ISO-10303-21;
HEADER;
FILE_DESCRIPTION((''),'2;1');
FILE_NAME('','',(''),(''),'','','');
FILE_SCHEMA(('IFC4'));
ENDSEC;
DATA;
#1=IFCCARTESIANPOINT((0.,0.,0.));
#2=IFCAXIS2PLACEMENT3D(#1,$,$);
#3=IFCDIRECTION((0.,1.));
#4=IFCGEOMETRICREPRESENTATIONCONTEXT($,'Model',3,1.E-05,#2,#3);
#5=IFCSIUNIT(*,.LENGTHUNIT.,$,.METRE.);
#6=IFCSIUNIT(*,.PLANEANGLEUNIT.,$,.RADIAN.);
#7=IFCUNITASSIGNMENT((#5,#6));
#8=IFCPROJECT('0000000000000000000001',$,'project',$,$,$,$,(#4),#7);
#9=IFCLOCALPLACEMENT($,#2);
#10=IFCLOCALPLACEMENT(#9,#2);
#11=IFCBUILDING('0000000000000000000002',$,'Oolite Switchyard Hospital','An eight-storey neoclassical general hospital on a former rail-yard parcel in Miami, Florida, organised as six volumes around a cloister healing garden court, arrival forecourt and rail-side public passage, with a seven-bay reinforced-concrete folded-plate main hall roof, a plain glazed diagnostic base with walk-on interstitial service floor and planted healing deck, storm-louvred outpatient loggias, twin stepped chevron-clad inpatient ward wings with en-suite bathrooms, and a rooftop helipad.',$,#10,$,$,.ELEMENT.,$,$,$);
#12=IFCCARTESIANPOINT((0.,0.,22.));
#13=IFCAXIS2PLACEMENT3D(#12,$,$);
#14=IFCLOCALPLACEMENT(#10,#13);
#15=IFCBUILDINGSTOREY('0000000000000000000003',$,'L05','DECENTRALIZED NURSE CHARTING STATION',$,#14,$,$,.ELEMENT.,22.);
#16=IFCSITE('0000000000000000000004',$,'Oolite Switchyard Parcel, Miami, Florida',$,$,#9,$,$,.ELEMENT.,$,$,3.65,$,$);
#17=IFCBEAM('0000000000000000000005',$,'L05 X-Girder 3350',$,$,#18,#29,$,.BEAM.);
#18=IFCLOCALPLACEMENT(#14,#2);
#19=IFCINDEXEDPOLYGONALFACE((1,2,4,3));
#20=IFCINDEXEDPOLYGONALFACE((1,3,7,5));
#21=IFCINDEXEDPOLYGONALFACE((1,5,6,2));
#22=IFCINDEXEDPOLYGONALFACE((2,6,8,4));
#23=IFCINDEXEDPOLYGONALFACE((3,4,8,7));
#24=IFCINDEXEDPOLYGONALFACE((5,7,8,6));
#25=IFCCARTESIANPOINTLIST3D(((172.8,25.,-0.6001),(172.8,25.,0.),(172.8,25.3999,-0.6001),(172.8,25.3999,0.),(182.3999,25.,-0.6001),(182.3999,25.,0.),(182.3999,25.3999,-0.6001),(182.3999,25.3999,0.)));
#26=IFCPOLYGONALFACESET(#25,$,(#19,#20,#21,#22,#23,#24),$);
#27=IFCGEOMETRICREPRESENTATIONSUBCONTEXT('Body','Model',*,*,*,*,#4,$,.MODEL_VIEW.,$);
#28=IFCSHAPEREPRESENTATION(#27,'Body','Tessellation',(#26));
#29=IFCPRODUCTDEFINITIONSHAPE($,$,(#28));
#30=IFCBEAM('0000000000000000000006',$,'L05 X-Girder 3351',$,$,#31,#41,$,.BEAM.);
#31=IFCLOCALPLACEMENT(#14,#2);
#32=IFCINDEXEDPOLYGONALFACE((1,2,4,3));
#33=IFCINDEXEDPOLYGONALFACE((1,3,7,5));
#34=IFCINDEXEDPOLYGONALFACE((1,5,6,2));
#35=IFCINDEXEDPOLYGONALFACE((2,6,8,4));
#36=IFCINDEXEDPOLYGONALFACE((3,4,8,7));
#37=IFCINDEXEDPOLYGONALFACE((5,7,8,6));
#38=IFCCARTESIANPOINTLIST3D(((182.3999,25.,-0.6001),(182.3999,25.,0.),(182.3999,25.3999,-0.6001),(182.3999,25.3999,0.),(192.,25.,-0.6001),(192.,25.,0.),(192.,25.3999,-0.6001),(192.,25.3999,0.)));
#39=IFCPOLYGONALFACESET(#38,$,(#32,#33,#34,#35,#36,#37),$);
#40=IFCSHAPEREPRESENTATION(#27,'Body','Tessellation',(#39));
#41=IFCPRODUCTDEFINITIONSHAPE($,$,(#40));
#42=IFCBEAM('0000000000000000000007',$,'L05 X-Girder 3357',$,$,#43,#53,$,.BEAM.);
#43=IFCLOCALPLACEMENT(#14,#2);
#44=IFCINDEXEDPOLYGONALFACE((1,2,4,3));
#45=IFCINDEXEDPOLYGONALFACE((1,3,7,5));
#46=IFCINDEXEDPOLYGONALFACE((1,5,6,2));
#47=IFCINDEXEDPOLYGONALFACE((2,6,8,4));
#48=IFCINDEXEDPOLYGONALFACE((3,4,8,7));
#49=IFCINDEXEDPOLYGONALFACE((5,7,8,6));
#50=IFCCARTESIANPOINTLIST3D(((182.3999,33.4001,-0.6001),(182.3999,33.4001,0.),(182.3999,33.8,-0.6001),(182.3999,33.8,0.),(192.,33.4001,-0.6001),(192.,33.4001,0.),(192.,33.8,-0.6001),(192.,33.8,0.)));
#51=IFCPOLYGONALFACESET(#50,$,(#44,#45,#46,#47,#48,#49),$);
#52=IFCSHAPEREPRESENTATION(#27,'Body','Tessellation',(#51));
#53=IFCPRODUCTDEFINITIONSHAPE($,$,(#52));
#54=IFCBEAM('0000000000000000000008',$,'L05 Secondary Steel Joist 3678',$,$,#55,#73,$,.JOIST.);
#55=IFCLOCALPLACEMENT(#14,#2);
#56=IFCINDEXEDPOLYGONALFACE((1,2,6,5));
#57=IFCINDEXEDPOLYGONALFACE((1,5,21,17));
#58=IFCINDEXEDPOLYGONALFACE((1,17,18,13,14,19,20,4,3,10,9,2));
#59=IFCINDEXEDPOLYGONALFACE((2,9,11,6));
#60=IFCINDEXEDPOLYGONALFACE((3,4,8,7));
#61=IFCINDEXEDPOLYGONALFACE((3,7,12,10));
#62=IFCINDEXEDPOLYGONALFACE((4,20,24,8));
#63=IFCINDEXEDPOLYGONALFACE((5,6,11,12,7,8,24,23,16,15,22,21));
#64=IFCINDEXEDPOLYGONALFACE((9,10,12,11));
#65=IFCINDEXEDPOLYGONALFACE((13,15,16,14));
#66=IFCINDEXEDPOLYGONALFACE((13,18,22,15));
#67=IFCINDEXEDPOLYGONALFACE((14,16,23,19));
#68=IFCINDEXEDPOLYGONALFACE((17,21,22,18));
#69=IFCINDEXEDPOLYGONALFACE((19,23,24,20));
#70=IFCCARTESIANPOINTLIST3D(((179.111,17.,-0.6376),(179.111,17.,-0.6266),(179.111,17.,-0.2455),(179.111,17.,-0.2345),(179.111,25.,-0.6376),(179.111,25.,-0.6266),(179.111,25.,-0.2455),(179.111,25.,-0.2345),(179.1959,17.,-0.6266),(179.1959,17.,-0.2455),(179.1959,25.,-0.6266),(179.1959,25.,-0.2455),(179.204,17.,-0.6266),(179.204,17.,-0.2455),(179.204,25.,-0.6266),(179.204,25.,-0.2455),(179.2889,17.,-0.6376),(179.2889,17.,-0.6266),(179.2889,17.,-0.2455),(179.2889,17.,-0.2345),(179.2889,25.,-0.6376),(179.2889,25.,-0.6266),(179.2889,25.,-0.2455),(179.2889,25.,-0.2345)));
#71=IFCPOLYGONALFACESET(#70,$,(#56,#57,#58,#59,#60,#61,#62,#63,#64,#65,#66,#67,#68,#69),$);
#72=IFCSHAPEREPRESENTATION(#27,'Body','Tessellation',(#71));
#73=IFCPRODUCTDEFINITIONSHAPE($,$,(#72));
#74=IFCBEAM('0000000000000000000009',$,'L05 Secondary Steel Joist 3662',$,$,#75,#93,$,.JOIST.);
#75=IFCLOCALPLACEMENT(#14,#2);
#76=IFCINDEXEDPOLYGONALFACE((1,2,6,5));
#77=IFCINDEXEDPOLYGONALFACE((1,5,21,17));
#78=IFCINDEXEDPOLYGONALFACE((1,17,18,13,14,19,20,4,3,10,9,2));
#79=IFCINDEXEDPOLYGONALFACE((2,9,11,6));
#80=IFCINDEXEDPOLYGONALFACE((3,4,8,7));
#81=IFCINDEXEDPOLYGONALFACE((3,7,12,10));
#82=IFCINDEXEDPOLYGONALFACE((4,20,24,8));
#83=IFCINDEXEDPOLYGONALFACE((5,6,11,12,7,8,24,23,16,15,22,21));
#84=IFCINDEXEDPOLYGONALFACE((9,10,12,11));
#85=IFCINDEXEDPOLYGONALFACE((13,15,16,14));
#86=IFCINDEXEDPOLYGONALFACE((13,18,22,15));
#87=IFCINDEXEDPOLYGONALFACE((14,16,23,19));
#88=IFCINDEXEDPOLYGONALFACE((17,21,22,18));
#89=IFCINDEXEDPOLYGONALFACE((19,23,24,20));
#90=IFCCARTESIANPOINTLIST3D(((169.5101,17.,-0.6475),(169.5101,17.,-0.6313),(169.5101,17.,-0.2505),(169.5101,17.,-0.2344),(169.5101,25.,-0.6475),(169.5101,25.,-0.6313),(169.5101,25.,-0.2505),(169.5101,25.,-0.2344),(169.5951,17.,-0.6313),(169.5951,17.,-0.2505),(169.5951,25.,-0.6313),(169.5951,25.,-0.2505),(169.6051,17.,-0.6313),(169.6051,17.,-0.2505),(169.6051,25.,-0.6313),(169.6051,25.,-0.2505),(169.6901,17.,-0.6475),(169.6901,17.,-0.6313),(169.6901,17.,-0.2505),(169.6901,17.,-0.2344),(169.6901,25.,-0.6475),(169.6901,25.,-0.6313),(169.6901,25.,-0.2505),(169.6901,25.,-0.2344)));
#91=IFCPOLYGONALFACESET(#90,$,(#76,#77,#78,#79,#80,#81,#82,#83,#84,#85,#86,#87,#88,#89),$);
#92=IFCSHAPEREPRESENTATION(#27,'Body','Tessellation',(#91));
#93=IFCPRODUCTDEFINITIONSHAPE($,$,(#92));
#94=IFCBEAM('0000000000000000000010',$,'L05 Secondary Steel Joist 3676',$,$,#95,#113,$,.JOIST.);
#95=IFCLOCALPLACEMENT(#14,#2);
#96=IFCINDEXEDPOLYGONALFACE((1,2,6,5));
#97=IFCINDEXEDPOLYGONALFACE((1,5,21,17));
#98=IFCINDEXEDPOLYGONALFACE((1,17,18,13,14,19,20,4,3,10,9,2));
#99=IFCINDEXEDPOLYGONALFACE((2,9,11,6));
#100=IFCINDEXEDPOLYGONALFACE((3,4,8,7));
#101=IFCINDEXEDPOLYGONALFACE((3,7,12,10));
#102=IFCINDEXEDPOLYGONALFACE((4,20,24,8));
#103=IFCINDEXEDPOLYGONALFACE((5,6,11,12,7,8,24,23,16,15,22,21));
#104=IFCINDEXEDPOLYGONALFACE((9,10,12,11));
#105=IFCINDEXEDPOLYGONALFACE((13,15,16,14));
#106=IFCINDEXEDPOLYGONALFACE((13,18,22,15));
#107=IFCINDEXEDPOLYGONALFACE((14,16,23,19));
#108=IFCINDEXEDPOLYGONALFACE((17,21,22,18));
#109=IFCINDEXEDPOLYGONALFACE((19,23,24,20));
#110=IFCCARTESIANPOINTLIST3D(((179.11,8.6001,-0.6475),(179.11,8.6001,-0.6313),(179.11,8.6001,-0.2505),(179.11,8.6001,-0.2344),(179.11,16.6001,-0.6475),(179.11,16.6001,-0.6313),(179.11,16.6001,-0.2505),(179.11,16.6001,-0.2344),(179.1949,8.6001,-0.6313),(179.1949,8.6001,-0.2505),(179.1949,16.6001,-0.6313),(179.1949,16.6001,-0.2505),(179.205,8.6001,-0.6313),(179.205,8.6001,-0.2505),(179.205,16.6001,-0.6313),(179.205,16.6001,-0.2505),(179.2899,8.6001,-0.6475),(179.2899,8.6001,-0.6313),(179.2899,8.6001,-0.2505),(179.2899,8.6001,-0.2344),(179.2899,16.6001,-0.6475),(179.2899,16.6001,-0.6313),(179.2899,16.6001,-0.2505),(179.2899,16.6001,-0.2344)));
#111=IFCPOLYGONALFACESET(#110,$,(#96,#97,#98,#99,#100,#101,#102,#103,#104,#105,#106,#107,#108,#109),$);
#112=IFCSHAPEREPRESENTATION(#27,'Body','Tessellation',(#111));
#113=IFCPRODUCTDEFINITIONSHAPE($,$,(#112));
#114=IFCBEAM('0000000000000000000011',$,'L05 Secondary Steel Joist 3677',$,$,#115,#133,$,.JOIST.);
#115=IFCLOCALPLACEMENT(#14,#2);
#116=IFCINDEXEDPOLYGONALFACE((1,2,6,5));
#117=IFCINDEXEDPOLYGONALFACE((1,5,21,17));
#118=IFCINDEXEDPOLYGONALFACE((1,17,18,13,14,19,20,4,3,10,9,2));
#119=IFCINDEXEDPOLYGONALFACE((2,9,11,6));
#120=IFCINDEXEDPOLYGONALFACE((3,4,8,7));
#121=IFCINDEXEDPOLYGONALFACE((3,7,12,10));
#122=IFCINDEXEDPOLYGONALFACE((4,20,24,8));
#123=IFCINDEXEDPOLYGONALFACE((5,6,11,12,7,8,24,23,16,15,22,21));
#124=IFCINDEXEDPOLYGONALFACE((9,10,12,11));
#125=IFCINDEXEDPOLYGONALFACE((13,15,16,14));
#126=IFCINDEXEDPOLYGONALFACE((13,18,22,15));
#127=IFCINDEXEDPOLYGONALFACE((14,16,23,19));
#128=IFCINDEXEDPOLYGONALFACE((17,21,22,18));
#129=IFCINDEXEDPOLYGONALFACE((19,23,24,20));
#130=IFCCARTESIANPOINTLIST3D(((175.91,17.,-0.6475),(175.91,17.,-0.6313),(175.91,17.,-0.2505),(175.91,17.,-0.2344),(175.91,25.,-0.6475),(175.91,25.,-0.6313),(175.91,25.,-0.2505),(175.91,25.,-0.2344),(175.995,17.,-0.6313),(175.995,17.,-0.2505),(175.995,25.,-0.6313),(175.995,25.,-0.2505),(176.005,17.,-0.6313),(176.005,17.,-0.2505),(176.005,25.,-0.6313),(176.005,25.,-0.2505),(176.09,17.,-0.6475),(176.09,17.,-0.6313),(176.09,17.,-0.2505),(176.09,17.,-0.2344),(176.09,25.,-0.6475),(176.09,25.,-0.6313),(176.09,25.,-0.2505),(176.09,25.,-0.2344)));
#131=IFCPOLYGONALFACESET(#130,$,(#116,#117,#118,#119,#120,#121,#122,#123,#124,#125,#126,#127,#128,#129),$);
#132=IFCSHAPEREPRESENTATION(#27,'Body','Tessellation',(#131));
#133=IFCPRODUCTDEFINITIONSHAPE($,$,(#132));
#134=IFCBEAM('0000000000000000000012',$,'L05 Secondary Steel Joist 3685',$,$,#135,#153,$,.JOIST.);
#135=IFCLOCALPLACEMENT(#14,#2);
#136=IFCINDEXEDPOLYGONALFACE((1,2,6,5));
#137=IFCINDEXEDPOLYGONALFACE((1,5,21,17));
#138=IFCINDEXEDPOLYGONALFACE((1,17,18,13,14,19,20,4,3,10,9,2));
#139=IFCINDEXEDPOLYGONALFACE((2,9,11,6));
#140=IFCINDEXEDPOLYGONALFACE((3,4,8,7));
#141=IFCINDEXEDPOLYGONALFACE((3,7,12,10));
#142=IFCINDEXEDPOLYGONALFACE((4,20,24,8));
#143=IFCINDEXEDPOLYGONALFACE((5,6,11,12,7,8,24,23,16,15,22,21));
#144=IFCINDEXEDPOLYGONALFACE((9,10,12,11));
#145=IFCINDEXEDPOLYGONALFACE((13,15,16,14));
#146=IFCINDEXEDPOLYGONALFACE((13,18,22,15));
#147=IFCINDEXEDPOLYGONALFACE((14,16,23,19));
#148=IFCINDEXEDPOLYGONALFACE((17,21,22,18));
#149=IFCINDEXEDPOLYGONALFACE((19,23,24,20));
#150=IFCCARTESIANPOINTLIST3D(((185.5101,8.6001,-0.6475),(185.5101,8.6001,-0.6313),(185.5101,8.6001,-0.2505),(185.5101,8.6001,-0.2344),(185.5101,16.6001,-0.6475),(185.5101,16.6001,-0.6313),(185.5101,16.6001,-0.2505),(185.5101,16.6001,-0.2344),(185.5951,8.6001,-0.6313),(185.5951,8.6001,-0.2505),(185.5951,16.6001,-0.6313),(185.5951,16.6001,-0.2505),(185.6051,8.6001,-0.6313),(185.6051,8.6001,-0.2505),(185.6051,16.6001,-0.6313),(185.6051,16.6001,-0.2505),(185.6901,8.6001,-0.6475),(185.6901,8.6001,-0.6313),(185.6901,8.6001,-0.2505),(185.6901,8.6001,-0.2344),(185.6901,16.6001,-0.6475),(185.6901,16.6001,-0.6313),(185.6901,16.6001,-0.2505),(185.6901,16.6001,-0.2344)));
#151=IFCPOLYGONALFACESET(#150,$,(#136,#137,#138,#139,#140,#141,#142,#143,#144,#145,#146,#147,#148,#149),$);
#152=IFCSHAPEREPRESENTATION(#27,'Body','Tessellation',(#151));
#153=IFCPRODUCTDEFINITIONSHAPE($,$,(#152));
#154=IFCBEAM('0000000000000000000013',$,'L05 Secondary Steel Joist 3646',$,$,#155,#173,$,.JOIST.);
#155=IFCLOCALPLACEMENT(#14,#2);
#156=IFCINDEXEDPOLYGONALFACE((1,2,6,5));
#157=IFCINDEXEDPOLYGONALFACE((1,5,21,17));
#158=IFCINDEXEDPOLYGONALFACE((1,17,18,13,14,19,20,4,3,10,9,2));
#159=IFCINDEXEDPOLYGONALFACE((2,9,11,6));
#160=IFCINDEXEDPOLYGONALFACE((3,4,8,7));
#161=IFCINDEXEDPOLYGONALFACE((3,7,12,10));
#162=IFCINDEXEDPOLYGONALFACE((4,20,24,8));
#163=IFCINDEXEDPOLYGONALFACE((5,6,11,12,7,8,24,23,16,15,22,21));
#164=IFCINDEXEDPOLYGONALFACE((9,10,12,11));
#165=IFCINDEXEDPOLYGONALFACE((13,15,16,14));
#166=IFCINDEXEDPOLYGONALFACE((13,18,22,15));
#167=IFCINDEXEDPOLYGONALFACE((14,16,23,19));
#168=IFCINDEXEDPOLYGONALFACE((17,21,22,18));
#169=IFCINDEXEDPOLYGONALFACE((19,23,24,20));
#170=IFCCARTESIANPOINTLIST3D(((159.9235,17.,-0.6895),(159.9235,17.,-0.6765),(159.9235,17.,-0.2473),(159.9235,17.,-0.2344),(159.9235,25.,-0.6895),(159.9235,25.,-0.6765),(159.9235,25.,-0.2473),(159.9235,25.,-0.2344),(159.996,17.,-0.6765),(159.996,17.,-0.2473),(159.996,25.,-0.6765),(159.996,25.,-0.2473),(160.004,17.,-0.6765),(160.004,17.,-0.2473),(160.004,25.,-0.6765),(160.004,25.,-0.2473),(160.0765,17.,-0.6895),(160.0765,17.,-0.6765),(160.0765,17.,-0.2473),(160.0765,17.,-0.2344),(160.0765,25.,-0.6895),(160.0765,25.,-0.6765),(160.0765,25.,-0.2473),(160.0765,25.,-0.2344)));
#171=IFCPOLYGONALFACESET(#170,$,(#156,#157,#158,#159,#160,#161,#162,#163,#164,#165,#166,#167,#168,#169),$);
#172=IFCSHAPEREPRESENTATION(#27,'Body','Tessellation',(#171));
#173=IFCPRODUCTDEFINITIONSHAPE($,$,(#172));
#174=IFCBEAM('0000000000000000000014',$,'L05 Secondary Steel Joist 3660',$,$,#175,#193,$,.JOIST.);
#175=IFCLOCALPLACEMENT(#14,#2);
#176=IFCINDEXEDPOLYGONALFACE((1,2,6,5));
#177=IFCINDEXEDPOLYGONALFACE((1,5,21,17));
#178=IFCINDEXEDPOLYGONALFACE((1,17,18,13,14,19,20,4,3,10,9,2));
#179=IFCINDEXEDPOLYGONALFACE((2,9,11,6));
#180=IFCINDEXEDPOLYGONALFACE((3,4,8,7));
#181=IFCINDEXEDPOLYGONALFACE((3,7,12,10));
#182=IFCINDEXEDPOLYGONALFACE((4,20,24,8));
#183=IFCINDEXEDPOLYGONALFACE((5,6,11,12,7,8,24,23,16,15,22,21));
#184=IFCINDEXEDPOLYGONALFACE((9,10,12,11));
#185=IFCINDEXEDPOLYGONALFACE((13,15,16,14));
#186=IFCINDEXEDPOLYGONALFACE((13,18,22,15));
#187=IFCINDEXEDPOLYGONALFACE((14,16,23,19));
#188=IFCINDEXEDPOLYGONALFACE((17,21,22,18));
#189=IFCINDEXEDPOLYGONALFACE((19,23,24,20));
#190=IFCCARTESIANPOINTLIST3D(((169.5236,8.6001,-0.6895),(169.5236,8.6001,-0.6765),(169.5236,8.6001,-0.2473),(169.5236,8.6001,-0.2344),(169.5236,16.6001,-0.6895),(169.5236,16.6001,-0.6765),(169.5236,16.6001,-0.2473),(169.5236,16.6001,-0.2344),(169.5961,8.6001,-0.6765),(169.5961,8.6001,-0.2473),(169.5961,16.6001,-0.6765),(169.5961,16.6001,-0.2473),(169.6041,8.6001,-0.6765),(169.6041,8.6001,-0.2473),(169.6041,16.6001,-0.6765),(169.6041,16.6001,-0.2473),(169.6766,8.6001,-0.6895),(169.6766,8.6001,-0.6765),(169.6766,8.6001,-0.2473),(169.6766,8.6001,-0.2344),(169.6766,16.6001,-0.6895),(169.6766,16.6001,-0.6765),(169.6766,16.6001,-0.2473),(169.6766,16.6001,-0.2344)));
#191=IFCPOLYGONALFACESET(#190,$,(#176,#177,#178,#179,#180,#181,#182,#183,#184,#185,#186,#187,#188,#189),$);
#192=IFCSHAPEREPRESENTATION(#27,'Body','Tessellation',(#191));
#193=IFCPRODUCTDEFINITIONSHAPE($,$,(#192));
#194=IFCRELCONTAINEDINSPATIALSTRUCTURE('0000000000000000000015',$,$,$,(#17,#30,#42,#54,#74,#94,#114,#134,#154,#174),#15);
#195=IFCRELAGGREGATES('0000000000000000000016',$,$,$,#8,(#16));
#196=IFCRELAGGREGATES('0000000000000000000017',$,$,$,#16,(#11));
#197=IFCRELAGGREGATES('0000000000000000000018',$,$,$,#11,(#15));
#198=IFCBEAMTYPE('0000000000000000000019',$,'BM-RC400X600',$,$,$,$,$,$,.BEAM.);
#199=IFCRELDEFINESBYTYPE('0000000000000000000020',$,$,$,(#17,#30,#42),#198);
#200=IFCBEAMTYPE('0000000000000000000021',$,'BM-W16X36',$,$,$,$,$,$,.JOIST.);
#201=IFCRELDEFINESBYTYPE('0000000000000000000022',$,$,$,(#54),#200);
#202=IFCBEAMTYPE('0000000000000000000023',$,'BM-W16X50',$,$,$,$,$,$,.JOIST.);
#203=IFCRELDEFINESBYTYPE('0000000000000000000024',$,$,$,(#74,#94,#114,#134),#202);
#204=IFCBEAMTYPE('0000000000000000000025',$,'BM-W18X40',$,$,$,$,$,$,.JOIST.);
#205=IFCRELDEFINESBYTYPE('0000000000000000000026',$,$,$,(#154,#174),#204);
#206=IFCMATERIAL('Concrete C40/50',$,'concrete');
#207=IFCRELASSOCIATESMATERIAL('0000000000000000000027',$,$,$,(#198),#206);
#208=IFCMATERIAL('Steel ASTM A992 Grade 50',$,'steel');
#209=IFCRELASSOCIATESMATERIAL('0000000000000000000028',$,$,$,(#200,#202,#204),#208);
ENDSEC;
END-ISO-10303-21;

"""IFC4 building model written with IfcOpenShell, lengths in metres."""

from ifc_helpers import new_model, si_unit, direction, frame, origin, origin_2d, place, context, subcontext, project, spatial, rectangle, i_section, extrude, material, material_profile, profile_set, type_object, element, save


model = new_model("IFC4")

# Units and contexts
model_context = context("Model", 3, precision=1e-05, world=origin(), true_north=direction((0.0, 1.0)))
body_context = subcontext(model_context, "Body", "Model", "MODEL_VIEW")
ifc_project = project(units=[si_unit("LENGTHUNIT", "METRE"), si_unit("PLANEANGLEUNIT", "RADIAN")], contexts=[model_context])

# Site, building, storey
site_placement = place(None, origin())
site = spatial("IfcSite", under=ifc_project, at=site_placement, Name="Oolite Switchyard Parcel, Miami, Florida", CompositionType="ELEMENT", RefElevation=3.65)
building_placement = place(site_placement, origin())
building = spatial("IfcBuilding", under=site, at=building_placement, Name="Oolite Switchyard Hospital", Description="An eight-storey neoclassical general hospital on a former rail-yard parcel in Miami, Florida, organised as six volumes around a cloister healing garden court, arrival forecourt and rail-side public passage, with a seven-bay reinforced-concrete folded-plate main hall roof, a plain glazed diagnostic base with walk-on interstitial service floor and planted healing deck, storm-louvred outpatient loggias, twin stepped chevron-clad inpatient ward wings with en-suite bathrooms, and a rooftop helipad.", CompositionType="ELEMENT")
storey_placement = place(building_placement, frame((0.0, 0.0, 22.0)))
storey = spatial("IfcBuildingStorey", under=building, at=storey_placement, Name="L05", Description="DECENTRALIZED NURSE CHARTING STATION", CompositionType="ELEMENT", Elevation=22.0)

# Beams
ifc_material_1 = material(Name="Concrete C40/50", Category="concrete")
ifc_material_profile_1 = material_profile(ifc_material_1, rectangle(XDim=0.3999, YDim=0.6001, at=origin_2d()), Name="RCB400X600")
ifc_profile_set_1 = profile_set([ifc_material_profile_1], Name="Concrete C40/50")
beam_type_1 = type_object("IfcBeamType", Name="BM-RC400X600", PredefinedType="BEAM", material=ifc_profile_set_1)
beam_1_placement = place(storey_placement, frame((172.8, 25.2, -0.3), z_axis=(1.0, 0.0, 0.0), x_axis=(0.0, 1.0, 0.0)))
element("IfcBeam", 1, at=beam_1_placement, inside=storey, type_object=beam_type_1, Name="L05 X-Girder 3350", PredefinedType="BEAM", context=body_context, shape_type="SweptSolid", body=[
    extrude(rectangle(XDim=0.3999, YDim=0.6001, at=origin_2d()), origin(), (0.0, 0.0, 1.0), 9.5999),
])
for number, where, z_axis, x_axis, name in (
    (2, (182.3999, 25.2, -0.3), (1.0, 0.0, 0.0), (0.0, 1.0, 0.0), "L05 X-Girder 3351"),
    (3, (182.3999, 33.6001, -0.3), (1.0, 0.0, 0.0), (0.0, 1.0, 0.0), "L05 X-Girder 3357"),
):
    element("IfcBeam", number, at=place(storey_placement, frame(where, z_axis=z_axis, x_axis=x_axis)), inside=storey, type_object=beam_type_1, Name=name, PredefinedType="BEAM", context=body_context, shape_type="SweptSolid", body=[
        extrude(rectangle(XDim=0.3999, YDim=0.6001, at=origin_2d()), origin(), (0.0, 0.0, 1.0), 9.6001),
    ])
ifc_material_2 = material(Name="Steel ASTM A992 Grade 50", Category="steel")
ifc_material_profile_2 = material_profile(ifc_material_2, i_section(OverallWidth=0.178, OverallDepth=0.4031, WebThickness=0.0081, FlangeThickness=0.011, at=origin_2d()), Name="W16X36")
ifc_profile_set_2 = profile_set([ifc_material_profile_2], Name="Steel ASTM A992 Grade 50")
beam_type_2 = type_object("IfcBeamType", Name="BM-W16X36", PredefinedType="JOIST", material=ifc_profile_set_2)
beam_2_placement = place(storey_placement, frame((179.2, 17.0, -0.436), z_axis=(0.0, 1.0, 0.0), x_axis=(-1.0, 0.0, 0.0)))
element("IfcBeam", 4, at=beam_2_placement, inside=storey, type_object=beam_type_2, Name="L05 Secondary Steel Joist 3678", PredefinedType="JOIST", context=body_context, shape_type="SweptSolid", body=[
    extrude(i_section(OverallWidth=0.178, OverallDepth=0.4031, WebThickness=0.0081, FlangeThickness=0.011, at=origin_2d()), origin(), (0.0, 0.0, 1.0), 8.0),
])
ifc_material_profile_3 = material_profile(ifc_material_2, i_section(OverallWidth=0.1799, OverallDepth=0.4131, WebThickness=0.01, FlangeThickness=0.0161, at=origin_2d()), Name="W16X50")
ifc_profile_set_3 = profile_set([ifc_material_profile_3], Name="Steel ASTM A992 Grade 50")
beam_type_3 = type_object("IfcBeamType", Name="BM-W16X50", PredefinedType="JOIST", material=ifc_profile_set_3)
for number, where, z_axis, x_axis, name in (
    (5, (169.6001, 17.0, -0.4409), (0.0, 1.0, 0.0), (-1.0, 0.0, 0.0), "L05 Secondary Steel Joist 3662"),
    (6, (179.2, 8.6001, -0.4409), (0.0, 1.0, 0.0), (-1.0, 0.0, 0.0), "L05 Secondary Steel Joist 3676"),
    (7, (176.0, 17.0, -0.4409), (0.0, 1.0, 0.0), (-1.0, 0.0, 0.0), "L05 Secondary Steel Joist 3677"),
    (8, (185.6001, 8.6001, -0.4409), (0.0, 1.0, 0.0), (-1.0, 0.0, 0.0), "L05 Secondary Steel Joist 3685"),
):
    element("IfcBeam", number, at=place(storey_placement, frame(where, z_axis=z_axis, x_axis=x_axis)), inside=storey, type_object=beam_type_3, Name=name, PredefinedType="JOIST", context=body_context, shape_type="SweptSolid", body=[
        extrude(i_section(OverallWidth=0.1799, OverallDepth=0.4131, WebThickness=0.01, FlangeThickness=0.0161, at=origin_2d()), origin(), (0.0, 0.0, 1.0), 8.0),
    ])
ifc_material_profile_4 = material_profile(ifc_material_2, i_section(OverallWidth=0.1531, OverallDepth=0.4551, WebThickness=0.0081, FlangeThickness=0.0129, at=origin_2d()), Name="W18X40")
ifc_profile_set_4 = profile_set([ifc_material_profile_4], Name="Steel ASTM A992 Grade 50")
beam_type_4 = type_object("IfcBeamType", Name="BM-W18X40", PredefinedType="JOIST", material=ifc_profile_set_4)
for number, where, z_axis, x_axis, name in (
    (9, (160.0, 17.0, -0.4619), (0.0, 1.0, 0.0), (-1.0, 0.0, 0.0), "L05 Secondary Steel Joist 3646"),
    (10, (169.6001, 8.6001, -0.4619), (0.0, 1.0, 0.0), (-1.0, 0.0, 0.0), "L05 Secondary Steel Joist 3660"),
):
    element("IfcBeam", number, at=place(storey_placement, frame(where, z_axis=z_axis, x_axis=x_axis)), inside=storey, type_object=beam_type_4, Name=name, PredefinedType="JOIST", context=body_context, shape_type="SweptSolid", body=[
        extrude(i_section(OverallWidth=0.1531, OverallDepth=0.4551, WebThickness=0.0081, FlangeThickness=0.0129, at=origin_2d()), origin(), (0.0, 0.0, 1.0), 8.0),
    ])

save(model, "model.ifc")
